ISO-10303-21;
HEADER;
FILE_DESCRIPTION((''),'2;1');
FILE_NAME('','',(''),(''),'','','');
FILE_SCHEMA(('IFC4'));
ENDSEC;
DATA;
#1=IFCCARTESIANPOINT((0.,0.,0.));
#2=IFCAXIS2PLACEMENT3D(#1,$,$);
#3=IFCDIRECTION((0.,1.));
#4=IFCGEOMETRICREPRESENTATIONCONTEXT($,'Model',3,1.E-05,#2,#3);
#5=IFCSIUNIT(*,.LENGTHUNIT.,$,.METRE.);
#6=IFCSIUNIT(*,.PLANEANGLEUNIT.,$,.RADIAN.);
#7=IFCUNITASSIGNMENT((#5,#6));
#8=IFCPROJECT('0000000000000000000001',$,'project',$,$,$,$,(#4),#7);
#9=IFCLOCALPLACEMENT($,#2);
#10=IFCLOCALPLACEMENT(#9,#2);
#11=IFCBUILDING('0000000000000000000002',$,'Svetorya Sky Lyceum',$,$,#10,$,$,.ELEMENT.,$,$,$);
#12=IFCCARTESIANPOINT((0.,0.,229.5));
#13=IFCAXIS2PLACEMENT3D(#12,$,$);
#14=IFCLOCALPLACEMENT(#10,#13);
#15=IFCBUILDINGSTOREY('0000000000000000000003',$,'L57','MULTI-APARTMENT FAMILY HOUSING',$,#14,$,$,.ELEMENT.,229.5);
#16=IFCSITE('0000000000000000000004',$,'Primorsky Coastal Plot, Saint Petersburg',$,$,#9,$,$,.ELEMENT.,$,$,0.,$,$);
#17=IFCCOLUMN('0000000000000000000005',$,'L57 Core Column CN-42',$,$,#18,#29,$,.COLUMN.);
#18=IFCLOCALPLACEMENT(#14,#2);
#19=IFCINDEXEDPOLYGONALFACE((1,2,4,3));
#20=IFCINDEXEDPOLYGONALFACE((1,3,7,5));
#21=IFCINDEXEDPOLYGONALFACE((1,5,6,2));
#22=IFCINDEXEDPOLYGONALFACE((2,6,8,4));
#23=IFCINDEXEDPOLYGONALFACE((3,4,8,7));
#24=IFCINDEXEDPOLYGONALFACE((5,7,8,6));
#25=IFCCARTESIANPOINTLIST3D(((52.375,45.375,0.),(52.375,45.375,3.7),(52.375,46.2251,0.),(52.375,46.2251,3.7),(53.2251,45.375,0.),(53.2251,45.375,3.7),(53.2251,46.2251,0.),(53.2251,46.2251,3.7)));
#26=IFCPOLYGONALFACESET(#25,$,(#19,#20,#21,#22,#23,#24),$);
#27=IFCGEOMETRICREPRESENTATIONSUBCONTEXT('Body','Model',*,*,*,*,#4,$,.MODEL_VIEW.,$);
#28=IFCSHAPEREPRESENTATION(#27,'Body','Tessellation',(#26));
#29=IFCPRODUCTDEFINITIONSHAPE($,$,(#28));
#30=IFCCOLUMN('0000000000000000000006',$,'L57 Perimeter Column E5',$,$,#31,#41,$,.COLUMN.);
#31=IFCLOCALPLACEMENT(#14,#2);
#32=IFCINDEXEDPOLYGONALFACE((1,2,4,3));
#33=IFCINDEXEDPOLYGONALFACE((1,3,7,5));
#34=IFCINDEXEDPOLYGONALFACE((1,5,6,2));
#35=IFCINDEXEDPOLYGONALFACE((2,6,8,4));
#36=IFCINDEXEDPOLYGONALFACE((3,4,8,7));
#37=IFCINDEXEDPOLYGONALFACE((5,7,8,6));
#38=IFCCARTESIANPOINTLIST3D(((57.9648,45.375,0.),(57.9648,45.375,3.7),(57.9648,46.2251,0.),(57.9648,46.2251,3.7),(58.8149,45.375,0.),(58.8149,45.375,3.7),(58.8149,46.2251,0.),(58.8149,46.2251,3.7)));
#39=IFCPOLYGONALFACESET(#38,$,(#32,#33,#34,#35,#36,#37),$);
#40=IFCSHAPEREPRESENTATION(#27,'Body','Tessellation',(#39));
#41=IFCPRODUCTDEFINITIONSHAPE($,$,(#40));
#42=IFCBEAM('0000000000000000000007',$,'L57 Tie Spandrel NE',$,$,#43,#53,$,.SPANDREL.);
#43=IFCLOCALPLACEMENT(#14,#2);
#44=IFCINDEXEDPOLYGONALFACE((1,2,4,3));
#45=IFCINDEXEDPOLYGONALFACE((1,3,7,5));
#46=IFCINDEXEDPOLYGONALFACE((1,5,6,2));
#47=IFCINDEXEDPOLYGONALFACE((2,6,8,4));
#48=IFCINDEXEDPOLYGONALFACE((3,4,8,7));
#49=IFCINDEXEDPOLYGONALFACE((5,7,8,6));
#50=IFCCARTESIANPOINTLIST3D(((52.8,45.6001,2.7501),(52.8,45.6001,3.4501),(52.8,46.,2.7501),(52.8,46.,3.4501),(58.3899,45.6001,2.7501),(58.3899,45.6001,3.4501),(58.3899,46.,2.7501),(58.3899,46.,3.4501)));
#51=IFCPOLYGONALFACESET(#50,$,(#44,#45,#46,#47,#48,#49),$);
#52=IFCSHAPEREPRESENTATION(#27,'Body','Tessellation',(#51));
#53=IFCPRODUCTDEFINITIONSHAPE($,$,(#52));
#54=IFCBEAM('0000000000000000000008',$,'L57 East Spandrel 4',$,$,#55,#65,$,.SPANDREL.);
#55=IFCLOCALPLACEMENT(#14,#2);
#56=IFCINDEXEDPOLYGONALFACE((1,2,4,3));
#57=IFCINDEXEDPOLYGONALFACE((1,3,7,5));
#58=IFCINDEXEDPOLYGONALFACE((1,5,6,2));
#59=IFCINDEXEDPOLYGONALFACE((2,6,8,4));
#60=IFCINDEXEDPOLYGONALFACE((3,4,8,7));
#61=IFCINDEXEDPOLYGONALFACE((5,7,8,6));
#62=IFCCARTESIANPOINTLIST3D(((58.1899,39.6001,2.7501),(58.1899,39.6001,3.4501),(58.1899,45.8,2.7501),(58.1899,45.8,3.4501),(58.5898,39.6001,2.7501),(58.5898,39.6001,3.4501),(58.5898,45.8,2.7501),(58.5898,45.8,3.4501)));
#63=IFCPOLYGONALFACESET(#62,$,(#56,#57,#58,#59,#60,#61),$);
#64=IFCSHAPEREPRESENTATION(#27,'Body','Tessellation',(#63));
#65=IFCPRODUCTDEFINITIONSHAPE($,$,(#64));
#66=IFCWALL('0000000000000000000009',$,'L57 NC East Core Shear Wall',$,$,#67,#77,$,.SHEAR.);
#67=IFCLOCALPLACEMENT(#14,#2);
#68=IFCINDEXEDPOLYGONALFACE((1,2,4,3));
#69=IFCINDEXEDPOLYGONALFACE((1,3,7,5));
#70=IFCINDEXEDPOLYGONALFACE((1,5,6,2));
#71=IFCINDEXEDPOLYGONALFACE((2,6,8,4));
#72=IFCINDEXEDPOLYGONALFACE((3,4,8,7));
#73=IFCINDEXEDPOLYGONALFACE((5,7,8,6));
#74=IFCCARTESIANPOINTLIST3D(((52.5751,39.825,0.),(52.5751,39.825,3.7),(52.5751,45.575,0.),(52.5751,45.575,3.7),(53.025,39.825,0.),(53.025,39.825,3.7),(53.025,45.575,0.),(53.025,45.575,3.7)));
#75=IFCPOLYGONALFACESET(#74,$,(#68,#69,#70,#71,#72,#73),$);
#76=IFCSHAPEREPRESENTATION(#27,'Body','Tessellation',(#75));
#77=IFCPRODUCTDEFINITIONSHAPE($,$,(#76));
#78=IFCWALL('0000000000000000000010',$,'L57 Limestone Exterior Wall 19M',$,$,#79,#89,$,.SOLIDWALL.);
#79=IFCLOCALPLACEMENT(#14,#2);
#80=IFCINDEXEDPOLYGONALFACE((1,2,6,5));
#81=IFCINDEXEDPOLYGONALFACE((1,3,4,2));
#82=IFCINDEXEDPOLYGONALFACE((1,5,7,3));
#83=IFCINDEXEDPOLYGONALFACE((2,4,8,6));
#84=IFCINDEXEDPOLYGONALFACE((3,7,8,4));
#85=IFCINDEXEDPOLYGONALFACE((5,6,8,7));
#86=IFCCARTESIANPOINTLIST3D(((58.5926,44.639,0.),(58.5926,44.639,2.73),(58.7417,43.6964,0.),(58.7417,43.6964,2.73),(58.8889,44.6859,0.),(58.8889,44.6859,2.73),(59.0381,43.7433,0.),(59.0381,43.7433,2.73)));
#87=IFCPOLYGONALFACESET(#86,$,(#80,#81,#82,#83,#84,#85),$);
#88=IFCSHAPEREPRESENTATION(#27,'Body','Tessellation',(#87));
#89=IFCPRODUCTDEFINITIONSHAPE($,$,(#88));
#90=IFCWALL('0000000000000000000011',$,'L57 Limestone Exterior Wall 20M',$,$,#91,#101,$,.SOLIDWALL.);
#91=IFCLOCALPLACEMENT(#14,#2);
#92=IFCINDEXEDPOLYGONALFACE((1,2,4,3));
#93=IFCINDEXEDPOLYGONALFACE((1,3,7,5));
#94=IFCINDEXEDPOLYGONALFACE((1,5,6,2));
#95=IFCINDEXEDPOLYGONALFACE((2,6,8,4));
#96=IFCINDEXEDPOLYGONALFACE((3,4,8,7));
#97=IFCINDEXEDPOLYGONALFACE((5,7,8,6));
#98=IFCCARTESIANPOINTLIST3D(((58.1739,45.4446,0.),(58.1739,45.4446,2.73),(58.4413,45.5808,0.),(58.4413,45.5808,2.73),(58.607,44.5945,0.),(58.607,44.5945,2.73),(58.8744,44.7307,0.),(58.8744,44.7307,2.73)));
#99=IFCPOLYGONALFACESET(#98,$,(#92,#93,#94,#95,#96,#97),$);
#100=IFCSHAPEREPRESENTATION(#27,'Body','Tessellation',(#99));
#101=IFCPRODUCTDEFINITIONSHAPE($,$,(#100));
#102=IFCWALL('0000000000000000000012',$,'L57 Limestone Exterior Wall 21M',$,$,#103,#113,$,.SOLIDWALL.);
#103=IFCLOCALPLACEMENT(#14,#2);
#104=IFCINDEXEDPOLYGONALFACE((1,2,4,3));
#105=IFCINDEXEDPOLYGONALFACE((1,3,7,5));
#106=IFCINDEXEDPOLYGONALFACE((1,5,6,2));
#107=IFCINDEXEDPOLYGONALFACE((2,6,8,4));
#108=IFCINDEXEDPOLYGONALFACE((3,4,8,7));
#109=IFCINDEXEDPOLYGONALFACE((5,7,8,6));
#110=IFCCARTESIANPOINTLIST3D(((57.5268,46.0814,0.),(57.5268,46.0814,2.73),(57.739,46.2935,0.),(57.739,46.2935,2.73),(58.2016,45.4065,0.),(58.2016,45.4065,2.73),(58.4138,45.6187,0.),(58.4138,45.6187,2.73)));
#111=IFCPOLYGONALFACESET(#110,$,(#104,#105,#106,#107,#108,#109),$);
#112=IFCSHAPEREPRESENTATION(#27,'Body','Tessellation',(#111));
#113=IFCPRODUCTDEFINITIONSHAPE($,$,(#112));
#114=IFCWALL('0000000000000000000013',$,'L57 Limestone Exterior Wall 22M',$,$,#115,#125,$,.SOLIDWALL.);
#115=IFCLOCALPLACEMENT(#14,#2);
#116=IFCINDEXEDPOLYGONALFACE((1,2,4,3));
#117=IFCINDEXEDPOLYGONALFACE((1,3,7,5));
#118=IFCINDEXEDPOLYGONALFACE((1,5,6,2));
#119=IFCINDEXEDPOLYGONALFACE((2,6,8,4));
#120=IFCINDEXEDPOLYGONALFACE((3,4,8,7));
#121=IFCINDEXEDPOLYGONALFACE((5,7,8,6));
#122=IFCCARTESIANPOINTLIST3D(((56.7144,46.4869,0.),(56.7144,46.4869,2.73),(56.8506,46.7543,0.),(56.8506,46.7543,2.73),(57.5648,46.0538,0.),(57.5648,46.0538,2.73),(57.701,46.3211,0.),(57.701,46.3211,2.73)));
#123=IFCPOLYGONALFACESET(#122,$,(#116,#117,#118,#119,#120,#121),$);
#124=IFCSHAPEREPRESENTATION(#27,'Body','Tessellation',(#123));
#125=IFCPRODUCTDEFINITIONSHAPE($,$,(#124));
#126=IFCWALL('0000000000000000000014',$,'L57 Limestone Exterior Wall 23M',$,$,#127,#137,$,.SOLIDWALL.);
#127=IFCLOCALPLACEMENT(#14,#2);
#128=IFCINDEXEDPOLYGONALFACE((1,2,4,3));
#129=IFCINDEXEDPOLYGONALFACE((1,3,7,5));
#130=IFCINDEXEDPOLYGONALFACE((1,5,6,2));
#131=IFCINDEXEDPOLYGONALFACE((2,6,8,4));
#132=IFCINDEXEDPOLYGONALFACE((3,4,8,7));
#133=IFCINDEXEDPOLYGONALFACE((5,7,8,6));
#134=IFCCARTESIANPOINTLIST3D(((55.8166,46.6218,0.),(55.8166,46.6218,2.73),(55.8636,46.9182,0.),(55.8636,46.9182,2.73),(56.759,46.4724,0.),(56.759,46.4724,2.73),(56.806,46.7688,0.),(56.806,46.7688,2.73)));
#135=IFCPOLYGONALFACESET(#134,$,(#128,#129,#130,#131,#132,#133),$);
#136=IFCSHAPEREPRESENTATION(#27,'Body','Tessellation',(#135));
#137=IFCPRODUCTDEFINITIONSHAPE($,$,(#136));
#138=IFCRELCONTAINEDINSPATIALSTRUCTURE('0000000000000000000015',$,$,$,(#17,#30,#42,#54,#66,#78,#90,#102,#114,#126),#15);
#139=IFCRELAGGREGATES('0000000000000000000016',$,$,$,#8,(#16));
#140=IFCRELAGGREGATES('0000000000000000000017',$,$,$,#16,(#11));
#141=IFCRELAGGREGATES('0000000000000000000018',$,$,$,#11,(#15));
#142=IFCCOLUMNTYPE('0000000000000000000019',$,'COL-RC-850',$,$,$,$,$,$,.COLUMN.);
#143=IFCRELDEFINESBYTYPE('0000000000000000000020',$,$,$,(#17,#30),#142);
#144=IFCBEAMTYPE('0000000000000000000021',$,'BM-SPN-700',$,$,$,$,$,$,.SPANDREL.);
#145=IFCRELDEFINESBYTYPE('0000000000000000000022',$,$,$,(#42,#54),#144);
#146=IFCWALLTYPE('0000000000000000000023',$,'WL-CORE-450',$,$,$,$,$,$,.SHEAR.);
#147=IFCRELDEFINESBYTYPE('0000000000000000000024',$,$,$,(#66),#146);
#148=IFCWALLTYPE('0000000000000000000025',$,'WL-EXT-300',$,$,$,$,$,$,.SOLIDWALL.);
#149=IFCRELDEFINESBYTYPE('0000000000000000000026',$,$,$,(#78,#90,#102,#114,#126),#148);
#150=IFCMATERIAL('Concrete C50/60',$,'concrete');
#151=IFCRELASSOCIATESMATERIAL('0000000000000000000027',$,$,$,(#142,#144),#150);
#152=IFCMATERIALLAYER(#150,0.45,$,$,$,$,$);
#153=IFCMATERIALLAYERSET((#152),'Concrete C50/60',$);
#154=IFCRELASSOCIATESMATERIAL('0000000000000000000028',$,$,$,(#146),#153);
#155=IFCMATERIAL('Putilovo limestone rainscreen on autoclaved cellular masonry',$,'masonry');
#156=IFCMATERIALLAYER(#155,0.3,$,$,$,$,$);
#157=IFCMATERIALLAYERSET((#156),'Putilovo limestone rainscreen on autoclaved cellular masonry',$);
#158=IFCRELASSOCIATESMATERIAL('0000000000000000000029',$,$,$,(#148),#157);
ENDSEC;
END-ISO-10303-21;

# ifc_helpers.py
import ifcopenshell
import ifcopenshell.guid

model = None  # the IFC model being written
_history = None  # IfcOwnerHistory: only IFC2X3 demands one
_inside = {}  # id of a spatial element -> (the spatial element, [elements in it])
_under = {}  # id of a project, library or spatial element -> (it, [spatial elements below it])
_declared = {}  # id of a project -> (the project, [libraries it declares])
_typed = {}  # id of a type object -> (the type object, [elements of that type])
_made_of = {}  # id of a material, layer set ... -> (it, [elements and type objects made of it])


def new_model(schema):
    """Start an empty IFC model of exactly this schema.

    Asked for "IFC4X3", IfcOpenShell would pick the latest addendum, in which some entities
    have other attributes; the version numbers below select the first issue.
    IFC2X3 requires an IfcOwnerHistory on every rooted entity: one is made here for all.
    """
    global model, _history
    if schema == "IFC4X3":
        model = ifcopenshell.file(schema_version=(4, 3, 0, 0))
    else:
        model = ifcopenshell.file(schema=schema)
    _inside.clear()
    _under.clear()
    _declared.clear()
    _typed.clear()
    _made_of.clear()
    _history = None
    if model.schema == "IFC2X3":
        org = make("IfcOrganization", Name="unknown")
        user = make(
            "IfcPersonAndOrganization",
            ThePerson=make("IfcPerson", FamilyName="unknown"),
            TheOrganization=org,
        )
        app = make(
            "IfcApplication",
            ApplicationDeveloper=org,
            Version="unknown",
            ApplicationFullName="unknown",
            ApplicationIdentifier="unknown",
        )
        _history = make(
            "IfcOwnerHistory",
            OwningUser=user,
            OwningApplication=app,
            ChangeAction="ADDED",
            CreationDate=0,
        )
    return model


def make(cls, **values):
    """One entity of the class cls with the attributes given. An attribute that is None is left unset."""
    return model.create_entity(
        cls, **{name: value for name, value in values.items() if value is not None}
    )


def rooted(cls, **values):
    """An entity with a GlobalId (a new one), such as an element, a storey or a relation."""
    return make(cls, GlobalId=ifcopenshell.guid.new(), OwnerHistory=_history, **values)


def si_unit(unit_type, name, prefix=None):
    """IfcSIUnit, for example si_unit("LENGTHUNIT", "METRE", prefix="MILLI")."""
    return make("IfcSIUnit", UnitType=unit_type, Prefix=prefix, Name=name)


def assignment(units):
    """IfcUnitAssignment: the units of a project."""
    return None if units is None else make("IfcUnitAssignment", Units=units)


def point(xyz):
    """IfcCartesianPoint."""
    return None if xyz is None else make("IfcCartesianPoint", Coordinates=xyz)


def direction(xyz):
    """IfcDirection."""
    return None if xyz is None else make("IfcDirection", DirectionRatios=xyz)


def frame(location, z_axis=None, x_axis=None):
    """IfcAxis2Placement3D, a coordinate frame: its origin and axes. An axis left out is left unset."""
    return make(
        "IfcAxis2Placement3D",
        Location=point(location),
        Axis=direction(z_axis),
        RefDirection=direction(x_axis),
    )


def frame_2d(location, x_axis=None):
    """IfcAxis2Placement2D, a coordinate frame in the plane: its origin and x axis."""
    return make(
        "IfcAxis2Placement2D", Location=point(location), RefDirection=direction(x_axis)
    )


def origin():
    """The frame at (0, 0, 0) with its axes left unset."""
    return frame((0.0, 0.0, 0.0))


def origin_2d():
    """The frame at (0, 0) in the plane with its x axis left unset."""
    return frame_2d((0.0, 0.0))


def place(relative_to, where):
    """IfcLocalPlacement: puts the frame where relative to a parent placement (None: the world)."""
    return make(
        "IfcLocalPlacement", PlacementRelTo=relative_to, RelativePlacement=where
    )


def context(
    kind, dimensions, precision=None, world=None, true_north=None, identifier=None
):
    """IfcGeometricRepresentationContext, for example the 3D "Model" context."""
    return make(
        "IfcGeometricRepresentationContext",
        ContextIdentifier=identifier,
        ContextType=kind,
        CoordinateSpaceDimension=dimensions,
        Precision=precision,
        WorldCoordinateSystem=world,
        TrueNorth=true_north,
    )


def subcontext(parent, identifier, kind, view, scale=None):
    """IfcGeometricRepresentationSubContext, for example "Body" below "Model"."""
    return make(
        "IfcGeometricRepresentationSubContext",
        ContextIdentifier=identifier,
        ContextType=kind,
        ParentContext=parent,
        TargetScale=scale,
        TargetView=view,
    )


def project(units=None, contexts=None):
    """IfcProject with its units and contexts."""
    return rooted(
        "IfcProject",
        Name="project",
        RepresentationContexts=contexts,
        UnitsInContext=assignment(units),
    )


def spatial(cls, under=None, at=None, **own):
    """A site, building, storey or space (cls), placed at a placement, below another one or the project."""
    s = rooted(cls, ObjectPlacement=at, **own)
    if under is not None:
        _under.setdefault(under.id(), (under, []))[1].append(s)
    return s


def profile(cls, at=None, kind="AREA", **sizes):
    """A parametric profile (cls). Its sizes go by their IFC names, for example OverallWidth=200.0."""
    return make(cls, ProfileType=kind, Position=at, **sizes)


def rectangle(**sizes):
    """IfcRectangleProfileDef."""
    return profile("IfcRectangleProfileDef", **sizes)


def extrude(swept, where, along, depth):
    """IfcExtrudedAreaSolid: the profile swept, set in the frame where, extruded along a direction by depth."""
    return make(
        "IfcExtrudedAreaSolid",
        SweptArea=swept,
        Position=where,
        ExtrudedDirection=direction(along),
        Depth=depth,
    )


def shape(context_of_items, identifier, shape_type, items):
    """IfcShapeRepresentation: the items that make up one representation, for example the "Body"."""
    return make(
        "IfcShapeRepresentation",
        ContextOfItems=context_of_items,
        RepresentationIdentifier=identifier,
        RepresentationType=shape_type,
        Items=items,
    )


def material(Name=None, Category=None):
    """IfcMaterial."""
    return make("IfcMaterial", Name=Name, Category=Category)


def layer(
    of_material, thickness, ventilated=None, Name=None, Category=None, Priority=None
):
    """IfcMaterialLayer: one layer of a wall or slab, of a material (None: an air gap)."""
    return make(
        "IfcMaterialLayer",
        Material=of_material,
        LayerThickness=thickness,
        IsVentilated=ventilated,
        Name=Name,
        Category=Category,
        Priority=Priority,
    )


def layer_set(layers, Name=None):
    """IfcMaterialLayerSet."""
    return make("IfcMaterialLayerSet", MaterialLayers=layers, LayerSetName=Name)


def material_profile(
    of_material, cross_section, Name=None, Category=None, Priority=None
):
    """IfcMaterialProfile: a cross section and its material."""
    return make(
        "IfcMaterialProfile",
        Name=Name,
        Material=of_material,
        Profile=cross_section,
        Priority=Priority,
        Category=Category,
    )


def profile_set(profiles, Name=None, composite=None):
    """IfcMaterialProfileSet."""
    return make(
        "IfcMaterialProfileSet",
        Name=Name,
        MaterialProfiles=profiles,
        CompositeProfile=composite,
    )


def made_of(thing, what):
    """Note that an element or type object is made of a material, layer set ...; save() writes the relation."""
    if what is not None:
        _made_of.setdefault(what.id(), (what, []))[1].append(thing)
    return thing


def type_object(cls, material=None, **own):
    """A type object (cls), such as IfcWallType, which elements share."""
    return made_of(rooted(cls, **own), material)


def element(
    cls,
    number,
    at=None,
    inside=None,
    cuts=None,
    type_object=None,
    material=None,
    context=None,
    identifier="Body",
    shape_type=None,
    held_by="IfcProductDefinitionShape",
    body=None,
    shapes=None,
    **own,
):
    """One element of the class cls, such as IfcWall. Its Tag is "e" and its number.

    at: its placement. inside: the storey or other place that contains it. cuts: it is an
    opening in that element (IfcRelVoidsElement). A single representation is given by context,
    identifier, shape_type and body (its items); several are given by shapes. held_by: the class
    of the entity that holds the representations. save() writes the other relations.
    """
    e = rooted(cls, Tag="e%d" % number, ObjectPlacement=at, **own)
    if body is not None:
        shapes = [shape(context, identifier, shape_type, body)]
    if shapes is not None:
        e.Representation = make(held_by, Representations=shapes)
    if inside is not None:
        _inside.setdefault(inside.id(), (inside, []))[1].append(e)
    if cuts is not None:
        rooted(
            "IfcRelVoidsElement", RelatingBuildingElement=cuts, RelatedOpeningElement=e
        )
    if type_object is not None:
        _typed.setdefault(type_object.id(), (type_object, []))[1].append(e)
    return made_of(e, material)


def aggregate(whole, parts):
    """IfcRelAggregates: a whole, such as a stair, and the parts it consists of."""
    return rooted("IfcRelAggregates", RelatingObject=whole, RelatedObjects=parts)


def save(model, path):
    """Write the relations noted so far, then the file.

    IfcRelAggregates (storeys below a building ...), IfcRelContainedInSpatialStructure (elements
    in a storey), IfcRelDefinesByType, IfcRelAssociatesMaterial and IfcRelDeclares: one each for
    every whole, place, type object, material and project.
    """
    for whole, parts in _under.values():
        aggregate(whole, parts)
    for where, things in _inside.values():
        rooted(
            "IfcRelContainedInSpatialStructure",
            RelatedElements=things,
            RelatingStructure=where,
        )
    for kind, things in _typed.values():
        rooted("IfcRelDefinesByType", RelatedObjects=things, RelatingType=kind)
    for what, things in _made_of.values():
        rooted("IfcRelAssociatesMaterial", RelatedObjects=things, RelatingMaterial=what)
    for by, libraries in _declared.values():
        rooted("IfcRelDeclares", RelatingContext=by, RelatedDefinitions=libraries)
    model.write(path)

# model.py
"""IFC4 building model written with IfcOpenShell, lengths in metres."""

from ifc_helpers import new_model, si_unit, direction, frame, frame_2d, origin, origin_2d, place, context, subcontext, project, spatial, rectangle, extrude, material, layer, layer_set, material_profile, profile_set, type_object, element, save


model = new_model("IFC4")

# Units and contexts
model_context = context("Model", 3, precision=1e-05, world=origin(), true_north=direction((0.0, 1.0)))
body_context = subcontext(model_context, "Body", "Model", "MODEL_VIEW")
ifc_project = project(units=[si_unit("LENGTHUNIT", "METRE"), si_unit("PLANEANGLEUNIT", "RADIAN")], contexts=[model_context])

# Site, building, storey
site_placement = place(None, origin())
site = spatial("IfcSite", under=ifc_project, at=site_placement, Name="Primorsky Coastal Plot, Saint Petersburg", CompositionType="ELEMENT", RefElevation=0.0)
building_placement = place(site_placement, origin())
building = spatial("IfcBuilding", under=site, at=building_placement, Name="Svetorya Sky Lyceum", CompositionType="ELEMENT")
storey_placement = place(building_placement, frame((0.0, 0.0, 229.5)))
storey = spatial("IfcBuildingStorey", under=building, at=storey_placement, Name="L57", Description="MULTI-APARTMENT FAMILY HOUSING", CompositionType="ELEMENT", Elevation=229.5)

# Columns
ifc_material_1 = material(Name="Concrete C50/60", Category="concrete")
ifc_material_profile_1 = material_profile(ifc_material_1, rectangle(XDim=0.8501, YDim=0.8501, at=origin_2d()), Name="RC COL 850x850")
ifc_profile_set_1 = profile_set([ifc_material_profile_1], Name="Concrete C50/60")
column_type = type_object("IfcColumnType", Name="COL-RC-850", PredefinedType="COLUMN", material=ifc_profile_set_1)
for number, where, z_axis, x_axis, name in (
    (1, (52.8, 45.8, 0.0), (0.0, 0.0, 1.0), (1.0, 0.0, 0.0), "L57 Core Column CN-42"),
    (2, (58.3899, 45.8, 0.0), (0.0, 0.0, 1.0), (1.0, 0.0, 0.0), "L57 Perimeter Column E5"),
):
    element("IfcColumn", number, at=place(storey_placement, frame(where, z_axis=z_axis, x_axis=x_axis)), inside=storey, type_object=column_type, Name=name, PredefinedType="COLUMN", context=body_context, shape_type="SweptSolid", body=[
        extrude(rectangle(XDim=0.8501, YDim=0.8501, at=origin_2d()), origin(), (0.0, 0.0, 1.0), 3.7),
    ])

# Beams
ifc_material_profile_2 = material_profile(ifc_material_1, rectangle(XDim=0.3999, YDim=0.7, at=origin_2d()), Name="RC SPANDREL 400x700")
ifc_profile_set_2 = profile_set([ifc_material_profile_2], Name="Concrete C50/60")
beam_type = type_object("IfcBeamType", Name="BM-SPN-700", PredefinedType="SPANDREL", material=ifc_profile_set_2)
beam_1_placement = place(storey_placement, frame((52.8, 45.8, 3.1001), z_axis=(1.0, 0.0, 0.0), x_axis=(0.0, 1.0, 0.0)))
element("IfcBeam", 3, at=beam_1_placement, inside=storey, type_object=beam_type, Name="L57 Tie Spandrel NE", PredefinedType="SPANDREL", context=body_context, shape_type="SweptSolid", body=[
    extrude(rectangle(XDim=0.3999, YDim=0.7, at=origin_2d()), origin(), (0.0, 0.0, 1.0), 5.5898),
])
beam_2_placement = place(storey_placement, frame((58.3899, 39.6001, 3.1001), z_axis=(0.0, 1.0, 0.0), x_axis=(-1.0, 0.0, 0.0)))
element("IfcBeam", 4, at=beam_2_placement, inside=storey, type_object=beam_type, Name="L57 East Spandrel 4", PredefinedType="SPANDREL", context=body_context, shape_type="SweptSolid", body=[
    extrude(rectangle(XDim=0.3999, YDim=0.7, at=origin_2d()), origin(), (0.0, 0.0, 1.0), 6.2),
])

# Walls
ifc_layer_1 = layer(ifc_material_1, 0.45)
ifc_layer_set_1 = layer_set([ifc_layer_1], Name="Concrete C50/60")
wall_type_1 = type_object("IfcWallType", Name="WL-CORE-450", PredefinedType="SHEAR", material=ifc_layer_set_1)
wall_1_placement = place(storey_placement, frame((52.8, 39.825, 0.0), z_axis=(0.0, 0.0, 1.0), x_axis=(0.0, 1.0, 0.0)))
element("IfcWall", 5, at=wall_1_placement, inside=storey, type_object=wall_type_1, Name="L57 NC East Core Shear Wall", PredefinedType="SHEAR", context=body_context, shape_type="SweptSolid", body=[
    extrude(rectangle(XDim=5.75, YDim=0.45, at=frame_2d((2.875, 0.0))), origin(), (0.0, 0.0, 1.0), 3.7),
])
ifc_material_2 = material(Name="Putilovo limestone rainscreen on autoclaved cellular masonry", Category="masonry")
ifc_layer_2 = layer(ifc_material_2, 0.3)
ifc_layer_set_2 = layer_set([ifc_layer_2], Name="Putilovo limestone rainscreen on autoclaved cellular masonry")
wall_type_2 = type_object("IfcWallType", Name="WL-EXT-300", PredefinedType="SOLIDWALL", material=ifc_layer_set_2)
wall_2_placement = place(storey_placement, frame((58.8899, 43.72, 0.0), z_axis=(0.0, 0.0, 1.0), x_axis=(-0.156304, 0.987709, 0.0)))
element("IfcWall", 6, at=wall_2_placement, inside=storey, type_object=wall_type_2, Name="L57 Limestone Exterior Wall 19M", PredefinedType="SOLIDWALL", context=body_context, shape_type="SweptSolid", body=[
    extrude(rectangle(XDim=0.9543, YDim=0.3, at=frame_2d((0.4771, 0.0))), origin(), (0.0, 0.0, 1.0), 2.73),
])
wall_3_placement = place(storey_placement, frame((58.7407, 44.6626, 0.0), z_axis=(0.0, 0.0, 1.0), x_axis=(-0.453956, 0.891024, 0.0)))
element("IfcWall", 7, at=wall_3_placement, inside=storey, type_object=wall_type_2, Name="L57 Limestone Exterior Wall 20M", PredefinedType="SOLIDWALL", context=body_context, shape_type="SweptSolid", body=[
    extrude(rectangle(XDim=0.9541, YDim=0.3, at=frame_2d((0.4771, 0.0))), origin(), (0.0, 0.0, 1.0), 2.73),
])
for number, where, z_axis, x_axis, name in (
    (8, (58.3076, 45.5127, 0.0), (0.0, 0.0, 1.0), (-0.707107, 0.707107, 0.0), "L57 Limestone Exterior Wall 21M"),
    (9, (57.6328, 46.1875, 0.0), (0.0, 0.0, 1.0), (-0.891077, 0.453853, 0.0), "L57 Limestone Exterior Wall 22M"),
):
    element("IfcWall", number, at=place(storey_placement, frame(where, z_axis=z_axis, x_axis=x_axis)), inside=storey, type_object=wall_type_2, Name=name, PredefinedType="SOLIDWALL", context=body_context, shape_type="SweptSolid", body=[
        extrude(rectangle(XDim=0.9543, YDim=0.3, at=frame_2d((0.4771, 0.0))), origin(), (0.0, 0.0, 1.0), 2.73),
    ])
wall_4_placement = place(storey_placement, frame((56.7825, 46.6206, 0.0), z_axis=(0.0, 0.0, 1.0), x_axis=(-0.987663, 0.156593, 0.0)))
element("IfcWall", 10, at=wall_4_placement, inside=storey, type_object=wall_type_2, Name="L57 Limestone Exterior Wall 23M", PredefinedType="SOLIDWALL", context=body_context, shape_type="SweptSolid", body=[
    extrude(rectangle(XDim=0.9541, YDim=0.3, at=frame_2d((0.4771, 0.0))), origin(), (0.0, 0.0, 1.0), 2.73),
])

save(model, "model.ifc")
